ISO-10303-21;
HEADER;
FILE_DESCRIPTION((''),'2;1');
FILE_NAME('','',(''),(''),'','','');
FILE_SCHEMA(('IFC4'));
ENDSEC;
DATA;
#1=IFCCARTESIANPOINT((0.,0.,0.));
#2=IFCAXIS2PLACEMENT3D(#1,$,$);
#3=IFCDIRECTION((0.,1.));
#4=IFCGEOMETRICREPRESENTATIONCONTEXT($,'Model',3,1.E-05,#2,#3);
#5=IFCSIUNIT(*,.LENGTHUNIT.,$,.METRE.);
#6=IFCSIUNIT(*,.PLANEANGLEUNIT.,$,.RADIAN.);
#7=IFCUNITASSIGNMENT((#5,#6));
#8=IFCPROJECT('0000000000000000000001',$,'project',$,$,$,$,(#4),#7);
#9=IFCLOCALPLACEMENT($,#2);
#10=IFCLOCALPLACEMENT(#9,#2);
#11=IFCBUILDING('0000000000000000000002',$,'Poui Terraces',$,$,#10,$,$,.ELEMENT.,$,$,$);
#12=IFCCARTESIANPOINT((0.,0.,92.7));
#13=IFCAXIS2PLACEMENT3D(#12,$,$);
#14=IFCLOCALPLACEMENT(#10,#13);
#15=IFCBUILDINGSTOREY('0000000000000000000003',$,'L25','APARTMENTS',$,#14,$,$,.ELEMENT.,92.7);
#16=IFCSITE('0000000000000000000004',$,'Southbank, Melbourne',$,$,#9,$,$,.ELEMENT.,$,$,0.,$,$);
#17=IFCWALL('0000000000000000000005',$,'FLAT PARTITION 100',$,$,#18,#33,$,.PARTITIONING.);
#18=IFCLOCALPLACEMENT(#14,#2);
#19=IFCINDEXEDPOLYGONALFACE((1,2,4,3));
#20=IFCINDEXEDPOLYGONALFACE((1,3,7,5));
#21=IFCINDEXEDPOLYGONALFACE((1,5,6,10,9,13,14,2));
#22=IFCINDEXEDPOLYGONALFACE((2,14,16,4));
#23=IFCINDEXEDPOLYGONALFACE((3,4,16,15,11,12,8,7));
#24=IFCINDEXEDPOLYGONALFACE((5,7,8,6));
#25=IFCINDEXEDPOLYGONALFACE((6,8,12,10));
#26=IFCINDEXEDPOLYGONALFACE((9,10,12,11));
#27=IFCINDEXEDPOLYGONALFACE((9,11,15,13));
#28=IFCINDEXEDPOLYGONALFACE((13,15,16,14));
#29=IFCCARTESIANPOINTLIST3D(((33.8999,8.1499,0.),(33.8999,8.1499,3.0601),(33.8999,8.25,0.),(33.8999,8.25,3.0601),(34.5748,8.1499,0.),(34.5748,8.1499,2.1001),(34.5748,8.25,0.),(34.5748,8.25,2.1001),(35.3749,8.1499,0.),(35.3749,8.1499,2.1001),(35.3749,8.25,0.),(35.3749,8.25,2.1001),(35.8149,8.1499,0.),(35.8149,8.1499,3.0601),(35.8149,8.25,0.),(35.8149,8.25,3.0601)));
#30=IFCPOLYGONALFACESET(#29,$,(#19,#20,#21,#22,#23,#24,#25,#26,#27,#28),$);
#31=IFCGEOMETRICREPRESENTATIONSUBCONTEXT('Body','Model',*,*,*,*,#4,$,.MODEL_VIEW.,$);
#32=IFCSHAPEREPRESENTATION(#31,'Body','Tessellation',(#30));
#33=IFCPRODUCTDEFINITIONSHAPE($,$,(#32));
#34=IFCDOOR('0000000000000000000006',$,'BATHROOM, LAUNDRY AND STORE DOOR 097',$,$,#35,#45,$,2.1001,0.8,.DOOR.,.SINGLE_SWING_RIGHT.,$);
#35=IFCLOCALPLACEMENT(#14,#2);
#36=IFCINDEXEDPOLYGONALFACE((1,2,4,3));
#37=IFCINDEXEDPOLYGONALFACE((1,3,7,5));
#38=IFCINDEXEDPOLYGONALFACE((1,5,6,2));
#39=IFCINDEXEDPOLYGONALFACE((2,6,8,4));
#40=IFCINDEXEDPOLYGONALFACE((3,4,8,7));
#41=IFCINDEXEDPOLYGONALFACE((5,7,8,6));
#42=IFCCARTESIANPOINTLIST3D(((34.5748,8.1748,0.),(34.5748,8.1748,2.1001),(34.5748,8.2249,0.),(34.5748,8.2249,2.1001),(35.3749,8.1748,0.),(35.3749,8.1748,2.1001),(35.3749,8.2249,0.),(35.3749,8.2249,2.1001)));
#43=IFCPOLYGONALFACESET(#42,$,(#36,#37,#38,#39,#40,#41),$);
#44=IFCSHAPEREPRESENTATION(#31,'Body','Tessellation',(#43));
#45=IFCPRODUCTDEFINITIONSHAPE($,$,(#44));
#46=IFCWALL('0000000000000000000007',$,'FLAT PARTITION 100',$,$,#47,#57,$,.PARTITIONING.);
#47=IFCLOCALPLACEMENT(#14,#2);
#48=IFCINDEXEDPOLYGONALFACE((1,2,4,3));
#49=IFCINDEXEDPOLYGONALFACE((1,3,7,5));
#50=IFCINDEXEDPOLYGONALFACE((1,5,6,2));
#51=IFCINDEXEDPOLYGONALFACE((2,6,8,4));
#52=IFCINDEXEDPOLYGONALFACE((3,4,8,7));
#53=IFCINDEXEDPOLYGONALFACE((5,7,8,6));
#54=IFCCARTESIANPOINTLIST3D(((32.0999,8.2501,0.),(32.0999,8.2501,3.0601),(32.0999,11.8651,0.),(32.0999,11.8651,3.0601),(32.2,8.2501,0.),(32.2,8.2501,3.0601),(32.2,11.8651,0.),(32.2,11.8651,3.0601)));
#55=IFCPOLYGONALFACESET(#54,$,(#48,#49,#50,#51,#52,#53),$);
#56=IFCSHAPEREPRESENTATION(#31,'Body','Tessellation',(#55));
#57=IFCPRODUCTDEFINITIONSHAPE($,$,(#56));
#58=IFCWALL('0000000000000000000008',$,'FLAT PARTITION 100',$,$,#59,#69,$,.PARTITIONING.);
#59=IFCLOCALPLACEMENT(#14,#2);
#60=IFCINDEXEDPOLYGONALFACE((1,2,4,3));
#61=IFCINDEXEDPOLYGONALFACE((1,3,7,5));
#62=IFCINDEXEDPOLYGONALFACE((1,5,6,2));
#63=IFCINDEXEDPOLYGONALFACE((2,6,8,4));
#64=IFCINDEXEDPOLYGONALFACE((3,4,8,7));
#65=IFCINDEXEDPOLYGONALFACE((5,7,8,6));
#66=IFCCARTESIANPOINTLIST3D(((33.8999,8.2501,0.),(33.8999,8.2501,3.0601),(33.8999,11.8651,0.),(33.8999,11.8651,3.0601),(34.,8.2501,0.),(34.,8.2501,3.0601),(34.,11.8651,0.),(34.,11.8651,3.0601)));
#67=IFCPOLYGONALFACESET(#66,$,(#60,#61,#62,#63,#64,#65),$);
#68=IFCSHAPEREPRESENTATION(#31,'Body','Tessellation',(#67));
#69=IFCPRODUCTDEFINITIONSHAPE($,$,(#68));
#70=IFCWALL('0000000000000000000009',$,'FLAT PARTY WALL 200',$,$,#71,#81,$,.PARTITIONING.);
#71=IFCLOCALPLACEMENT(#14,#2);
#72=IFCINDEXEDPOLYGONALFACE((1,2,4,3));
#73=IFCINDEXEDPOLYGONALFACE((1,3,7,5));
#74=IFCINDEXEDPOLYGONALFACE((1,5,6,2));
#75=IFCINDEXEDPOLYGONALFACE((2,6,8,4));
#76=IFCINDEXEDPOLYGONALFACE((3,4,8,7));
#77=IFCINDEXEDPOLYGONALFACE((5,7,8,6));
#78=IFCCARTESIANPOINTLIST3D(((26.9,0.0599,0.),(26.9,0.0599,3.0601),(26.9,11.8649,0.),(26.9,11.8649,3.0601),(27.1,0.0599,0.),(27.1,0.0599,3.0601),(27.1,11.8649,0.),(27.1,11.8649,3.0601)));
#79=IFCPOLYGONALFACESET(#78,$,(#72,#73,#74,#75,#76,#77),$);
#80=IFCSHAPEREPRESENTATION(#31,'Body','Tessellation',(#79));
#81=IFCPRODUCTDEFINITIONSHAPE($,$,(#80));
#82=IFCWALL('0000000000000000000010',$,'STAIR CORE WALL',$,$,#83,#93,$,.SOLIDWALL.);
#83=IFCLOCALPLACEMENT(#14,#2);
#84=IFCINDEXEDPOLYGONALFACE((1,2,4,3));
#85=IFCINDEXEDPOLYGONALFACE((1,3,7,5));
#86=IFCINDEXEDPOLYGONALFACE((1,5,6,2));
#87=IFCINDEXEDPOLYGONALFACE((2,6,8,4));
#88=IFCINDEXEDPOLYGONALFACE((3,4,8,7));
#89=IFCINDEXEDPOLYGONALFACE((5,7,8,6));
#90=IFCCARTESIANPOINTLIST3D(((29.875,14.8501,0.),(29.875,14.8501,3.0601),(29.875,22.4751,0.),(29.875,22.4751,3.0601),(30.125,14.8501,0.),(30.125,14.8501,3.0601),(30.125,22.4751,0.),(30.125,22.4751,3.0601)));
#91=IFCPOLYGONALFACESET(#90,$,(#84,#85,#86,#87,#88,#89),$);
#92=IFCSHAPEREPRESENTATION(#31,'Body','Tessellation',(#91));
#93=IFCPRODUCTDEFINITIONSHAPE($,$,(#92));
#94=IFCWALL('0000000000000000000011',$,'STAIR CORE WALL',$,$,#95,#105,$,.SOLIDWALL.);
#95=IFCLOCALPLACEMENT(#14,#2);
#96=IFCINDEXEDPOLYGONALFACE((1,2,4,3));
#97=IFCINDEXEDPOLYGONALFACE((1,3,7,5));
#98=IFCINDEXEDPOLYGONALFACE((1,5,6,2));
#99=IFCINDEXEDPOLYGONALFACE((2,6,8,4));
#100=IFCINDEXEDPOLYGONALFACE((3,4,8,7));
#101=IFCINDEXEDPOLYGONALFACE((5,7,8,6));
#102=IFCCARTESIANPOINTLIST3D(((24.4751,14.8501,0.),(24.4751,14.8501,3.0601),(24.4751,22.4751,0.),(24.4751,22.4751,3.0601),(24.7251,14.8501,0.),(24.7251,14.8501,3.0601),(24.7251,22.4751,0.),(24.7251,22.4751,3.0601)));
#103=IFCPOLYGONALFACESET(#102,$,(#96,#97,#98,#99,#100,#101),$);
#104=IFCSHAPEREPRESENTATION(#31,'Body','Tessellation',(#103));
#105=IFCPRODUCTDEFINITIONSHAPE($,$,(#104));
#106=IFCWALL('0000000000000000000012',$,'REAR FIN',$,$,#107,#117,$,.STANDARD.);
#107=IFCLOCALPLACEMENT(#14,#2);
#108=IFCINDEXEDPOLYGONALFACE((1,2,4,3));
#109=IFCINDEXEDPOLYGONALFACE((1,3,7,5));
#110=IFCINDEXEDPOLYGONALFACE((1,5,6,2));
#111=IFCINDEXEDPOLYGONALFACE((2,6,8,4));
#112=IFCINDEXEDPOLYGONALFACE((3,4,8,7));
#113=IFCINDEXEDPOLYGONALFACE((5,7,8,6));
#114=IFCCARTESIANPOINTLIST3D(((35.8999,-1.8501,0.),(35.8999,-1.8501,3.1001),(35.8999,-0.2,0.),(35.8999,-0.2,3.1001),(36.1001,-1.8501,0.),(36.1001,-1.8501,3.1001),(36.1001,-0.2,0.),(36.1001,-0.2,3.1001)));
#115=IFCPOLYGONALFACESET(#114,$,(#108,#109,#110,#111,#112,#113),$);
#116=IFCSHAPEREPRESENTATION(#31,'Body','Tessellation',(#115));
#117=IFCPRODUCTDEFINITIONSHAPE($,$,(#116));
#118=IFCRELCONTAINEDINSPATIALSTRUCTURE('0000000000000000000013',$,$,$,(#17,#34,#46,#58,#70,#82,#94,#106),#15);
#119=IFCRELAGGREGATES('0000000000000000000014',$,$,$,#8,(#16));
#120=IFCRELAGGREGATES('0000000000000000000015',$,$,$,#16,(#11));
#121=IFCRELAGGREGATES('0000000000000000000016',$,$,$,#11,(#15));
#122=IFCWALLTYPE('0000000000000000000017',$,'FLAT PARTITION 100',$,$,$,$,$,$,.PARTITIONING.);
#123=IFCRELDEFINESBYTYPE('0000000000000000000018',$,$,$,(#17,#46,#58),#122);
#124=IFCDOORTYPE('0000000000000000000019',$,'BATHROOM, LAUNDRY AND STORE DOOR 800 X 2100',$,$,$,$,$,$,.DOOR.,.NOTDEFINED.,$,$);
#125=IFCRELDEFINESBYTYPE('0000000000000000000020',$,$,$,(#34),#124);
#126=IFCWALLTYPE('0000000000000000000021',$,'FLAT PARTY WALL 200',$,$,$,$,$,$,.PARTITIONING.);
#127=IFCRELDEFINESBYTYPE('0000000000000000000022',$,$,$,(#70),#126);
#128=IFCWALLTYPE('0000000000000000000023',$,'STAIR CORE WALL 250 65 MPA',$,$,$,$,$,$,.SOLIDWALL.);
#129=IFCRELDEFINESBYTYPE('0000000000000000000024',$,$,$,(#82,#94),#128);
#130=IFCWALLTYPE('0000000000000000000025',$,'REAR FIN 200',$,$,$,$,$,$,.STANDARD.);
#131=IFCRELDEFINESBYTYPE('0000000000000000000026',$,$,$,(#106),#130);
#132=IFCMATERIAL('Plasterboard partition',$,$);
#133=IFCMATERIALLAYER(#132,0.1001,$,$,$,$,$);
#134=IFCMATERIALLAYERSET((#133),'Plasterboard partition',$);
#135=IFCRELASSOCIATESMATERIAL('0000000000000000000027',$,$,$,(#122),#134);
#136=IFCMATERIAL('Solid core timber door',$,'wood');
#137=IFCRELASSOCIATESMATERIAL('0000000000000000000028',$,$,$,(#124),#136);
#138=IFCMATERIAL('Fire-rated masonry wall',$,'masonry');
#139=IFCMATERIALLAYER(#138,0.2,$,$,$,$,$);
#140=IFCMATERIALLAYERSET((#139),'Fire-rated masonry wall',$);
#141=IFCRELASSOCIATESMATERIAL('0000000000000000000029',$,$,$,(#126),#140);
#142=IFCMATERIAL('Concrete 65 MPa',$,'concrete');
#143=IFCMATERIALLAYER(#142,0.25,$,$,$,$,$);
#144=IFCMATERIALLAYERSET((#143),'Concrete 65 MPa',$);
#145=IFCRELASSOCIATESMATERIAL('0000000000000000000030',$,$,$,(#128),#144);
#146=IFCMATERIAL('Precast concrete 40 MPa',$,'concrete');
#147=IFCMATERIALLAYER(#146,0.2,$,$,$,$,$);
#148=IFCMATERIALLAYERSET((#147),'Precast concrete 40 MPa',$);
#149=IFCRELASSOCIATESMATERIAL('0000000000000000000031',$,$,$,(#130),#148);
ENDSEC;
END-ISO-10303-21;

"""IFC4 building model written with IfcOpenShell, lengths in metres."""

from ifc_helpers import new_model, si_unit, direction, frame, frame_2d, origin, place, context, subcontext, project, spatial, polyline, rectangle, outline, extrude, source, transform, mapped, material, layer, layer_set, type_object, element, fill, save


model = new_model("IFC4")

# Units and contexts
model_context = context("Model", 3, precision=1e-05, world=origin(), true_north=direction((0.0, 1.0)))
body_context = subcontext(model_context, "Body", "Model", "MODEL_VIEW")
ifc_project = project(units=[si_unit("LENGTHUNIT", "METRE"), si_unit("PLANEANGLEUNIT", "RADIAN")], contexts=[model_context])

# Site, building, storey
site_placement = place(None, origin())
site = spatial("IfcSite", under=ifc_project, at=site_placement, Name="Southbank, Melbourne", CompositionType="ELEMENT", RefElevation=0.0)
building_placement = place(site_placement, origin())
building = spatial("IfcBuilding", under=site, at=building_placement, Name="Poui Terraces", CompositionType="ELEMENT")
storey_placement = place(building_placement, frame((0.0, 0.0, 92.7)))
storey = spatial("IfcBuildingStorey", under=building, at=storey_placement, Name="L25", Description="APARTMENTS", CompositionType="ELEMENT", Elevation=92.7)

# Shared definitions
ifc_material_1 = material(Name="Concrete 65 MPa", Category="concrete")

# Shared definitions
ifc_material_2 = material(Name="Precast concrete 40 MPa", Category="concrete")

# Wall, opening, door
ifc_material_3 = material(Name="Solid core timber door", Category="wood")
ifc_material_4 = material(Name="Plasterboard partition")
ifc_layer_1 = layer(ifc_material_4, 0.1001)
ifc_layer_set_1 = layer_set([ifc_layer_1], Name="Plasterboard partition")
wall_type_1 = type_object("IfcWallType", Name="FLAT PARTITION 100", PredefinedType="PARTITIONING", material=ifc_layer_set_1)
door_type_1 = type_object("IfcDoorType", Name="BATHROOM, LAUNDRY AND STORE DOOR 800 X 2100", OperationType="NOTDEFINED", PredefinedType="DOOR", material=ifc_material_3)
wall_1_placement = place(storey_placement, frame((33.8999, 8.2, 0.0), z_axis=(0.0, 0.0, 1.0), x_axis=(1.0, 0.0, 0.0)))
wall_1 = element("IfcWall", 1, at=wall_1_placement, inside=storey, type_object=wall_type_1, Name="FLAT PARTITION 100", PredefinedType="PARTITIONING", context=body_context, shape_type="SweptSolid", body=[
    extrude(rectangle(XDim=1.915, YDim=0.1001, at=frame_2d((0.9575, 0.0))), origin(), (0.0, 0.0, 1.0), 3.0601),
])
opening_1_placement = place(wall_1_placement, frame((0.675, 0.0, 0.0)))
opening_1 = element("IfcOpeningElement", 2, at=opening_1_placement, cuts=wall_1, PredefinedType="OPENING", context=body_context, shape_type="SweptSolid", body=[
    extrude(rectangle(XDim=0.8, YDim=2.1001, at=frame_2d((0.3999, 1.05))), frame((0.0, 0.0601, 0.0), z_axis=(0.0, -1.0, 0.0), x_axis=(1.0, 0.0, 0.0)), (0.0, 0.0, 1.0), 0.1201),
])
door_1_placement = place(opening_1_placement, origin())
door_1 = element("IfcDoor", 3, at=door_1_placement, inside=storey, type_object=door_type_1, Name="BATHROOM, LAUNDRY AND STORE DOOR 097", OperationType="SINGLE_SWING_RIGHT", OverallHeight=2.1001, OverallWidth=0.8, PredefinedType="DOOR", context=body_context, shape_type="SweptSolid", body=[
    extrude(rectangle(XDim=0.8, YDim=2.1001, at=frame_2d((0.3999, 1.05))), frame((0.0, 0.0249, 0.0), z_axis=(0.0, -1.0, 0.0), x_axis=(1.0, 0.0, 0.0)), (0.0, 0.0, 1.0), 0.05),
])
fill(opening_1, door_1)

# Walls
for number, where, z_axis, x_axis, name in (
    (4, (32.1499, 8.25, 0.0), (0.0, 0.0, 1.0), (0.0, 1.0, 0.0), "FLAT PARTITION 100"),
    (5, (33.95, 8.25, 0.0), (0.0, 0.0, 1.0), (0.0, 1.0, 0.0), "FLAT PARTITION 100"),
):
    element("IfcWall", number, at=place(storey_placement, frame(where, z_axis=z_axis, x_axis=x_axis)), inside=storey, type_object=wall_type_1, Name=name, PredefinedType="PARTITIONING", context=body_context, shape_type="SweptSolid", body=[
        extrude(rectangle(XDim=3.615, YDim=0.1001, at=frame_2d((1.8076, 0.0))), origin(), (0.0, 0.0, 1.0), 3.0601),
    ])
ifc_material_5 = material(Name="Fire-rated masonry wall", Category="masonry")
ifc_layer_2 = layer(ifc_material_5, 0.2)
ifc_layer_set_2 = layer_set([ifc_layer_2], Name="Fire-rated masonry wall")
wall_type_2 = type_object("IfcWallType", Name="FLAT PARTY WALL 200", PredefinedType="PARTITIONING", material=ifc_layer_set_2)
wall_2_placement = place(storey_placement, frame((27.0, 0.0601, 0.0), z_axis=(0.0, 0.0, 1.0), x_axis=(0.0, 1.0, 0.0)))
element("IfcWall", 6, at=wall_2_placement, inside=storey, type_object=wall_type_2, Name="FLAT PARTY WALL 200", PredefinedType="PARTITIONING", context=body_context, shape_type="SweptSolid", body=[
    extrude(rectangle(XDim=11.8049, YDim=0.2, at=frame_2d((5.9023, 0.0))), origin(), (0.0, 0.0, 1.0), 3.0601),
])
ifc_layer_3 = layer(ifc_material_1, 0.25)
ifc_layer_set_3 = layer_set([ifc_layer_3], Name="Concrete 65 MPa")
wall_type_3 = type_object("IfcWallType", Name="STAIR CORE WALL 250 65 MPA", PredefinedType="SOLIDWALL", material=ifc_layer_set_3)
for number, where, z_axis, x_axis, name in (
    (7, (30.0, 14.8501, 0.0), (0.0, 0.0, 1.0), (0.0, 1.0, 0.0), "STAIR CORE WALL"),
    (8, (24.6001, 14.8501, 0.0), (0.0, 0.0, 1.0), (0.0, 1.0, 0.0), "STAIR CORE WALL"),
):
    element("IfcWall", number, at=place(storey_placement, frame(where, z_axis=z_axis, x_axis=x_axis)), inside=storey, type_object=wall_type_3, Name=name, PredefinedType="SOLIDWALL", context=body_context, shape_type="SweptSolid", body=[
        extrude(rectangle(XDim=7.625, YDim=0.25, at=frame_2d((3.8125, 0.0))), origin(), (0.0, 0.0, 1.0), 3.0601),
    ])
ifc_layer_4 = layer(ifc_material_2, 0.2)
ifc_layer_set_4 = layer_set([ifc_layer_4], Name="Precast concrete 40 MPa")
wall_type_4 = type_object("IfcWallType", Name="REAR FIN 200", PredefinedType="STANDARD", material=ifc_layer_set_4)
shared_shape_1 = source(origin(), body_context, "Body", "SweptSolid", [
    extrude(outline(polyline([(0.0, 0.0), (0.2002, 0.0), (0.2002, 1.6501), (0.0, 1.6501), (0.0, 0.0)])), origin(), (0.0, 0.0, 1.0), 3.1001),
])
wall_3_placement = place(storey_placement, frame((35.8999, -1.8501, 0.0)))
element("IfcWall", 9, at=wall_3_placement, inside=storey, type_object=wall_type_4, Name="REAR FIN", PredefinedType="STANDARD", context=body_context, shape_type="MappedRepresentation", body=[
    mapped(shared_shape_1, transform((0.0, 0.0, 0.0))),
])

save(model, "model.ifc")
